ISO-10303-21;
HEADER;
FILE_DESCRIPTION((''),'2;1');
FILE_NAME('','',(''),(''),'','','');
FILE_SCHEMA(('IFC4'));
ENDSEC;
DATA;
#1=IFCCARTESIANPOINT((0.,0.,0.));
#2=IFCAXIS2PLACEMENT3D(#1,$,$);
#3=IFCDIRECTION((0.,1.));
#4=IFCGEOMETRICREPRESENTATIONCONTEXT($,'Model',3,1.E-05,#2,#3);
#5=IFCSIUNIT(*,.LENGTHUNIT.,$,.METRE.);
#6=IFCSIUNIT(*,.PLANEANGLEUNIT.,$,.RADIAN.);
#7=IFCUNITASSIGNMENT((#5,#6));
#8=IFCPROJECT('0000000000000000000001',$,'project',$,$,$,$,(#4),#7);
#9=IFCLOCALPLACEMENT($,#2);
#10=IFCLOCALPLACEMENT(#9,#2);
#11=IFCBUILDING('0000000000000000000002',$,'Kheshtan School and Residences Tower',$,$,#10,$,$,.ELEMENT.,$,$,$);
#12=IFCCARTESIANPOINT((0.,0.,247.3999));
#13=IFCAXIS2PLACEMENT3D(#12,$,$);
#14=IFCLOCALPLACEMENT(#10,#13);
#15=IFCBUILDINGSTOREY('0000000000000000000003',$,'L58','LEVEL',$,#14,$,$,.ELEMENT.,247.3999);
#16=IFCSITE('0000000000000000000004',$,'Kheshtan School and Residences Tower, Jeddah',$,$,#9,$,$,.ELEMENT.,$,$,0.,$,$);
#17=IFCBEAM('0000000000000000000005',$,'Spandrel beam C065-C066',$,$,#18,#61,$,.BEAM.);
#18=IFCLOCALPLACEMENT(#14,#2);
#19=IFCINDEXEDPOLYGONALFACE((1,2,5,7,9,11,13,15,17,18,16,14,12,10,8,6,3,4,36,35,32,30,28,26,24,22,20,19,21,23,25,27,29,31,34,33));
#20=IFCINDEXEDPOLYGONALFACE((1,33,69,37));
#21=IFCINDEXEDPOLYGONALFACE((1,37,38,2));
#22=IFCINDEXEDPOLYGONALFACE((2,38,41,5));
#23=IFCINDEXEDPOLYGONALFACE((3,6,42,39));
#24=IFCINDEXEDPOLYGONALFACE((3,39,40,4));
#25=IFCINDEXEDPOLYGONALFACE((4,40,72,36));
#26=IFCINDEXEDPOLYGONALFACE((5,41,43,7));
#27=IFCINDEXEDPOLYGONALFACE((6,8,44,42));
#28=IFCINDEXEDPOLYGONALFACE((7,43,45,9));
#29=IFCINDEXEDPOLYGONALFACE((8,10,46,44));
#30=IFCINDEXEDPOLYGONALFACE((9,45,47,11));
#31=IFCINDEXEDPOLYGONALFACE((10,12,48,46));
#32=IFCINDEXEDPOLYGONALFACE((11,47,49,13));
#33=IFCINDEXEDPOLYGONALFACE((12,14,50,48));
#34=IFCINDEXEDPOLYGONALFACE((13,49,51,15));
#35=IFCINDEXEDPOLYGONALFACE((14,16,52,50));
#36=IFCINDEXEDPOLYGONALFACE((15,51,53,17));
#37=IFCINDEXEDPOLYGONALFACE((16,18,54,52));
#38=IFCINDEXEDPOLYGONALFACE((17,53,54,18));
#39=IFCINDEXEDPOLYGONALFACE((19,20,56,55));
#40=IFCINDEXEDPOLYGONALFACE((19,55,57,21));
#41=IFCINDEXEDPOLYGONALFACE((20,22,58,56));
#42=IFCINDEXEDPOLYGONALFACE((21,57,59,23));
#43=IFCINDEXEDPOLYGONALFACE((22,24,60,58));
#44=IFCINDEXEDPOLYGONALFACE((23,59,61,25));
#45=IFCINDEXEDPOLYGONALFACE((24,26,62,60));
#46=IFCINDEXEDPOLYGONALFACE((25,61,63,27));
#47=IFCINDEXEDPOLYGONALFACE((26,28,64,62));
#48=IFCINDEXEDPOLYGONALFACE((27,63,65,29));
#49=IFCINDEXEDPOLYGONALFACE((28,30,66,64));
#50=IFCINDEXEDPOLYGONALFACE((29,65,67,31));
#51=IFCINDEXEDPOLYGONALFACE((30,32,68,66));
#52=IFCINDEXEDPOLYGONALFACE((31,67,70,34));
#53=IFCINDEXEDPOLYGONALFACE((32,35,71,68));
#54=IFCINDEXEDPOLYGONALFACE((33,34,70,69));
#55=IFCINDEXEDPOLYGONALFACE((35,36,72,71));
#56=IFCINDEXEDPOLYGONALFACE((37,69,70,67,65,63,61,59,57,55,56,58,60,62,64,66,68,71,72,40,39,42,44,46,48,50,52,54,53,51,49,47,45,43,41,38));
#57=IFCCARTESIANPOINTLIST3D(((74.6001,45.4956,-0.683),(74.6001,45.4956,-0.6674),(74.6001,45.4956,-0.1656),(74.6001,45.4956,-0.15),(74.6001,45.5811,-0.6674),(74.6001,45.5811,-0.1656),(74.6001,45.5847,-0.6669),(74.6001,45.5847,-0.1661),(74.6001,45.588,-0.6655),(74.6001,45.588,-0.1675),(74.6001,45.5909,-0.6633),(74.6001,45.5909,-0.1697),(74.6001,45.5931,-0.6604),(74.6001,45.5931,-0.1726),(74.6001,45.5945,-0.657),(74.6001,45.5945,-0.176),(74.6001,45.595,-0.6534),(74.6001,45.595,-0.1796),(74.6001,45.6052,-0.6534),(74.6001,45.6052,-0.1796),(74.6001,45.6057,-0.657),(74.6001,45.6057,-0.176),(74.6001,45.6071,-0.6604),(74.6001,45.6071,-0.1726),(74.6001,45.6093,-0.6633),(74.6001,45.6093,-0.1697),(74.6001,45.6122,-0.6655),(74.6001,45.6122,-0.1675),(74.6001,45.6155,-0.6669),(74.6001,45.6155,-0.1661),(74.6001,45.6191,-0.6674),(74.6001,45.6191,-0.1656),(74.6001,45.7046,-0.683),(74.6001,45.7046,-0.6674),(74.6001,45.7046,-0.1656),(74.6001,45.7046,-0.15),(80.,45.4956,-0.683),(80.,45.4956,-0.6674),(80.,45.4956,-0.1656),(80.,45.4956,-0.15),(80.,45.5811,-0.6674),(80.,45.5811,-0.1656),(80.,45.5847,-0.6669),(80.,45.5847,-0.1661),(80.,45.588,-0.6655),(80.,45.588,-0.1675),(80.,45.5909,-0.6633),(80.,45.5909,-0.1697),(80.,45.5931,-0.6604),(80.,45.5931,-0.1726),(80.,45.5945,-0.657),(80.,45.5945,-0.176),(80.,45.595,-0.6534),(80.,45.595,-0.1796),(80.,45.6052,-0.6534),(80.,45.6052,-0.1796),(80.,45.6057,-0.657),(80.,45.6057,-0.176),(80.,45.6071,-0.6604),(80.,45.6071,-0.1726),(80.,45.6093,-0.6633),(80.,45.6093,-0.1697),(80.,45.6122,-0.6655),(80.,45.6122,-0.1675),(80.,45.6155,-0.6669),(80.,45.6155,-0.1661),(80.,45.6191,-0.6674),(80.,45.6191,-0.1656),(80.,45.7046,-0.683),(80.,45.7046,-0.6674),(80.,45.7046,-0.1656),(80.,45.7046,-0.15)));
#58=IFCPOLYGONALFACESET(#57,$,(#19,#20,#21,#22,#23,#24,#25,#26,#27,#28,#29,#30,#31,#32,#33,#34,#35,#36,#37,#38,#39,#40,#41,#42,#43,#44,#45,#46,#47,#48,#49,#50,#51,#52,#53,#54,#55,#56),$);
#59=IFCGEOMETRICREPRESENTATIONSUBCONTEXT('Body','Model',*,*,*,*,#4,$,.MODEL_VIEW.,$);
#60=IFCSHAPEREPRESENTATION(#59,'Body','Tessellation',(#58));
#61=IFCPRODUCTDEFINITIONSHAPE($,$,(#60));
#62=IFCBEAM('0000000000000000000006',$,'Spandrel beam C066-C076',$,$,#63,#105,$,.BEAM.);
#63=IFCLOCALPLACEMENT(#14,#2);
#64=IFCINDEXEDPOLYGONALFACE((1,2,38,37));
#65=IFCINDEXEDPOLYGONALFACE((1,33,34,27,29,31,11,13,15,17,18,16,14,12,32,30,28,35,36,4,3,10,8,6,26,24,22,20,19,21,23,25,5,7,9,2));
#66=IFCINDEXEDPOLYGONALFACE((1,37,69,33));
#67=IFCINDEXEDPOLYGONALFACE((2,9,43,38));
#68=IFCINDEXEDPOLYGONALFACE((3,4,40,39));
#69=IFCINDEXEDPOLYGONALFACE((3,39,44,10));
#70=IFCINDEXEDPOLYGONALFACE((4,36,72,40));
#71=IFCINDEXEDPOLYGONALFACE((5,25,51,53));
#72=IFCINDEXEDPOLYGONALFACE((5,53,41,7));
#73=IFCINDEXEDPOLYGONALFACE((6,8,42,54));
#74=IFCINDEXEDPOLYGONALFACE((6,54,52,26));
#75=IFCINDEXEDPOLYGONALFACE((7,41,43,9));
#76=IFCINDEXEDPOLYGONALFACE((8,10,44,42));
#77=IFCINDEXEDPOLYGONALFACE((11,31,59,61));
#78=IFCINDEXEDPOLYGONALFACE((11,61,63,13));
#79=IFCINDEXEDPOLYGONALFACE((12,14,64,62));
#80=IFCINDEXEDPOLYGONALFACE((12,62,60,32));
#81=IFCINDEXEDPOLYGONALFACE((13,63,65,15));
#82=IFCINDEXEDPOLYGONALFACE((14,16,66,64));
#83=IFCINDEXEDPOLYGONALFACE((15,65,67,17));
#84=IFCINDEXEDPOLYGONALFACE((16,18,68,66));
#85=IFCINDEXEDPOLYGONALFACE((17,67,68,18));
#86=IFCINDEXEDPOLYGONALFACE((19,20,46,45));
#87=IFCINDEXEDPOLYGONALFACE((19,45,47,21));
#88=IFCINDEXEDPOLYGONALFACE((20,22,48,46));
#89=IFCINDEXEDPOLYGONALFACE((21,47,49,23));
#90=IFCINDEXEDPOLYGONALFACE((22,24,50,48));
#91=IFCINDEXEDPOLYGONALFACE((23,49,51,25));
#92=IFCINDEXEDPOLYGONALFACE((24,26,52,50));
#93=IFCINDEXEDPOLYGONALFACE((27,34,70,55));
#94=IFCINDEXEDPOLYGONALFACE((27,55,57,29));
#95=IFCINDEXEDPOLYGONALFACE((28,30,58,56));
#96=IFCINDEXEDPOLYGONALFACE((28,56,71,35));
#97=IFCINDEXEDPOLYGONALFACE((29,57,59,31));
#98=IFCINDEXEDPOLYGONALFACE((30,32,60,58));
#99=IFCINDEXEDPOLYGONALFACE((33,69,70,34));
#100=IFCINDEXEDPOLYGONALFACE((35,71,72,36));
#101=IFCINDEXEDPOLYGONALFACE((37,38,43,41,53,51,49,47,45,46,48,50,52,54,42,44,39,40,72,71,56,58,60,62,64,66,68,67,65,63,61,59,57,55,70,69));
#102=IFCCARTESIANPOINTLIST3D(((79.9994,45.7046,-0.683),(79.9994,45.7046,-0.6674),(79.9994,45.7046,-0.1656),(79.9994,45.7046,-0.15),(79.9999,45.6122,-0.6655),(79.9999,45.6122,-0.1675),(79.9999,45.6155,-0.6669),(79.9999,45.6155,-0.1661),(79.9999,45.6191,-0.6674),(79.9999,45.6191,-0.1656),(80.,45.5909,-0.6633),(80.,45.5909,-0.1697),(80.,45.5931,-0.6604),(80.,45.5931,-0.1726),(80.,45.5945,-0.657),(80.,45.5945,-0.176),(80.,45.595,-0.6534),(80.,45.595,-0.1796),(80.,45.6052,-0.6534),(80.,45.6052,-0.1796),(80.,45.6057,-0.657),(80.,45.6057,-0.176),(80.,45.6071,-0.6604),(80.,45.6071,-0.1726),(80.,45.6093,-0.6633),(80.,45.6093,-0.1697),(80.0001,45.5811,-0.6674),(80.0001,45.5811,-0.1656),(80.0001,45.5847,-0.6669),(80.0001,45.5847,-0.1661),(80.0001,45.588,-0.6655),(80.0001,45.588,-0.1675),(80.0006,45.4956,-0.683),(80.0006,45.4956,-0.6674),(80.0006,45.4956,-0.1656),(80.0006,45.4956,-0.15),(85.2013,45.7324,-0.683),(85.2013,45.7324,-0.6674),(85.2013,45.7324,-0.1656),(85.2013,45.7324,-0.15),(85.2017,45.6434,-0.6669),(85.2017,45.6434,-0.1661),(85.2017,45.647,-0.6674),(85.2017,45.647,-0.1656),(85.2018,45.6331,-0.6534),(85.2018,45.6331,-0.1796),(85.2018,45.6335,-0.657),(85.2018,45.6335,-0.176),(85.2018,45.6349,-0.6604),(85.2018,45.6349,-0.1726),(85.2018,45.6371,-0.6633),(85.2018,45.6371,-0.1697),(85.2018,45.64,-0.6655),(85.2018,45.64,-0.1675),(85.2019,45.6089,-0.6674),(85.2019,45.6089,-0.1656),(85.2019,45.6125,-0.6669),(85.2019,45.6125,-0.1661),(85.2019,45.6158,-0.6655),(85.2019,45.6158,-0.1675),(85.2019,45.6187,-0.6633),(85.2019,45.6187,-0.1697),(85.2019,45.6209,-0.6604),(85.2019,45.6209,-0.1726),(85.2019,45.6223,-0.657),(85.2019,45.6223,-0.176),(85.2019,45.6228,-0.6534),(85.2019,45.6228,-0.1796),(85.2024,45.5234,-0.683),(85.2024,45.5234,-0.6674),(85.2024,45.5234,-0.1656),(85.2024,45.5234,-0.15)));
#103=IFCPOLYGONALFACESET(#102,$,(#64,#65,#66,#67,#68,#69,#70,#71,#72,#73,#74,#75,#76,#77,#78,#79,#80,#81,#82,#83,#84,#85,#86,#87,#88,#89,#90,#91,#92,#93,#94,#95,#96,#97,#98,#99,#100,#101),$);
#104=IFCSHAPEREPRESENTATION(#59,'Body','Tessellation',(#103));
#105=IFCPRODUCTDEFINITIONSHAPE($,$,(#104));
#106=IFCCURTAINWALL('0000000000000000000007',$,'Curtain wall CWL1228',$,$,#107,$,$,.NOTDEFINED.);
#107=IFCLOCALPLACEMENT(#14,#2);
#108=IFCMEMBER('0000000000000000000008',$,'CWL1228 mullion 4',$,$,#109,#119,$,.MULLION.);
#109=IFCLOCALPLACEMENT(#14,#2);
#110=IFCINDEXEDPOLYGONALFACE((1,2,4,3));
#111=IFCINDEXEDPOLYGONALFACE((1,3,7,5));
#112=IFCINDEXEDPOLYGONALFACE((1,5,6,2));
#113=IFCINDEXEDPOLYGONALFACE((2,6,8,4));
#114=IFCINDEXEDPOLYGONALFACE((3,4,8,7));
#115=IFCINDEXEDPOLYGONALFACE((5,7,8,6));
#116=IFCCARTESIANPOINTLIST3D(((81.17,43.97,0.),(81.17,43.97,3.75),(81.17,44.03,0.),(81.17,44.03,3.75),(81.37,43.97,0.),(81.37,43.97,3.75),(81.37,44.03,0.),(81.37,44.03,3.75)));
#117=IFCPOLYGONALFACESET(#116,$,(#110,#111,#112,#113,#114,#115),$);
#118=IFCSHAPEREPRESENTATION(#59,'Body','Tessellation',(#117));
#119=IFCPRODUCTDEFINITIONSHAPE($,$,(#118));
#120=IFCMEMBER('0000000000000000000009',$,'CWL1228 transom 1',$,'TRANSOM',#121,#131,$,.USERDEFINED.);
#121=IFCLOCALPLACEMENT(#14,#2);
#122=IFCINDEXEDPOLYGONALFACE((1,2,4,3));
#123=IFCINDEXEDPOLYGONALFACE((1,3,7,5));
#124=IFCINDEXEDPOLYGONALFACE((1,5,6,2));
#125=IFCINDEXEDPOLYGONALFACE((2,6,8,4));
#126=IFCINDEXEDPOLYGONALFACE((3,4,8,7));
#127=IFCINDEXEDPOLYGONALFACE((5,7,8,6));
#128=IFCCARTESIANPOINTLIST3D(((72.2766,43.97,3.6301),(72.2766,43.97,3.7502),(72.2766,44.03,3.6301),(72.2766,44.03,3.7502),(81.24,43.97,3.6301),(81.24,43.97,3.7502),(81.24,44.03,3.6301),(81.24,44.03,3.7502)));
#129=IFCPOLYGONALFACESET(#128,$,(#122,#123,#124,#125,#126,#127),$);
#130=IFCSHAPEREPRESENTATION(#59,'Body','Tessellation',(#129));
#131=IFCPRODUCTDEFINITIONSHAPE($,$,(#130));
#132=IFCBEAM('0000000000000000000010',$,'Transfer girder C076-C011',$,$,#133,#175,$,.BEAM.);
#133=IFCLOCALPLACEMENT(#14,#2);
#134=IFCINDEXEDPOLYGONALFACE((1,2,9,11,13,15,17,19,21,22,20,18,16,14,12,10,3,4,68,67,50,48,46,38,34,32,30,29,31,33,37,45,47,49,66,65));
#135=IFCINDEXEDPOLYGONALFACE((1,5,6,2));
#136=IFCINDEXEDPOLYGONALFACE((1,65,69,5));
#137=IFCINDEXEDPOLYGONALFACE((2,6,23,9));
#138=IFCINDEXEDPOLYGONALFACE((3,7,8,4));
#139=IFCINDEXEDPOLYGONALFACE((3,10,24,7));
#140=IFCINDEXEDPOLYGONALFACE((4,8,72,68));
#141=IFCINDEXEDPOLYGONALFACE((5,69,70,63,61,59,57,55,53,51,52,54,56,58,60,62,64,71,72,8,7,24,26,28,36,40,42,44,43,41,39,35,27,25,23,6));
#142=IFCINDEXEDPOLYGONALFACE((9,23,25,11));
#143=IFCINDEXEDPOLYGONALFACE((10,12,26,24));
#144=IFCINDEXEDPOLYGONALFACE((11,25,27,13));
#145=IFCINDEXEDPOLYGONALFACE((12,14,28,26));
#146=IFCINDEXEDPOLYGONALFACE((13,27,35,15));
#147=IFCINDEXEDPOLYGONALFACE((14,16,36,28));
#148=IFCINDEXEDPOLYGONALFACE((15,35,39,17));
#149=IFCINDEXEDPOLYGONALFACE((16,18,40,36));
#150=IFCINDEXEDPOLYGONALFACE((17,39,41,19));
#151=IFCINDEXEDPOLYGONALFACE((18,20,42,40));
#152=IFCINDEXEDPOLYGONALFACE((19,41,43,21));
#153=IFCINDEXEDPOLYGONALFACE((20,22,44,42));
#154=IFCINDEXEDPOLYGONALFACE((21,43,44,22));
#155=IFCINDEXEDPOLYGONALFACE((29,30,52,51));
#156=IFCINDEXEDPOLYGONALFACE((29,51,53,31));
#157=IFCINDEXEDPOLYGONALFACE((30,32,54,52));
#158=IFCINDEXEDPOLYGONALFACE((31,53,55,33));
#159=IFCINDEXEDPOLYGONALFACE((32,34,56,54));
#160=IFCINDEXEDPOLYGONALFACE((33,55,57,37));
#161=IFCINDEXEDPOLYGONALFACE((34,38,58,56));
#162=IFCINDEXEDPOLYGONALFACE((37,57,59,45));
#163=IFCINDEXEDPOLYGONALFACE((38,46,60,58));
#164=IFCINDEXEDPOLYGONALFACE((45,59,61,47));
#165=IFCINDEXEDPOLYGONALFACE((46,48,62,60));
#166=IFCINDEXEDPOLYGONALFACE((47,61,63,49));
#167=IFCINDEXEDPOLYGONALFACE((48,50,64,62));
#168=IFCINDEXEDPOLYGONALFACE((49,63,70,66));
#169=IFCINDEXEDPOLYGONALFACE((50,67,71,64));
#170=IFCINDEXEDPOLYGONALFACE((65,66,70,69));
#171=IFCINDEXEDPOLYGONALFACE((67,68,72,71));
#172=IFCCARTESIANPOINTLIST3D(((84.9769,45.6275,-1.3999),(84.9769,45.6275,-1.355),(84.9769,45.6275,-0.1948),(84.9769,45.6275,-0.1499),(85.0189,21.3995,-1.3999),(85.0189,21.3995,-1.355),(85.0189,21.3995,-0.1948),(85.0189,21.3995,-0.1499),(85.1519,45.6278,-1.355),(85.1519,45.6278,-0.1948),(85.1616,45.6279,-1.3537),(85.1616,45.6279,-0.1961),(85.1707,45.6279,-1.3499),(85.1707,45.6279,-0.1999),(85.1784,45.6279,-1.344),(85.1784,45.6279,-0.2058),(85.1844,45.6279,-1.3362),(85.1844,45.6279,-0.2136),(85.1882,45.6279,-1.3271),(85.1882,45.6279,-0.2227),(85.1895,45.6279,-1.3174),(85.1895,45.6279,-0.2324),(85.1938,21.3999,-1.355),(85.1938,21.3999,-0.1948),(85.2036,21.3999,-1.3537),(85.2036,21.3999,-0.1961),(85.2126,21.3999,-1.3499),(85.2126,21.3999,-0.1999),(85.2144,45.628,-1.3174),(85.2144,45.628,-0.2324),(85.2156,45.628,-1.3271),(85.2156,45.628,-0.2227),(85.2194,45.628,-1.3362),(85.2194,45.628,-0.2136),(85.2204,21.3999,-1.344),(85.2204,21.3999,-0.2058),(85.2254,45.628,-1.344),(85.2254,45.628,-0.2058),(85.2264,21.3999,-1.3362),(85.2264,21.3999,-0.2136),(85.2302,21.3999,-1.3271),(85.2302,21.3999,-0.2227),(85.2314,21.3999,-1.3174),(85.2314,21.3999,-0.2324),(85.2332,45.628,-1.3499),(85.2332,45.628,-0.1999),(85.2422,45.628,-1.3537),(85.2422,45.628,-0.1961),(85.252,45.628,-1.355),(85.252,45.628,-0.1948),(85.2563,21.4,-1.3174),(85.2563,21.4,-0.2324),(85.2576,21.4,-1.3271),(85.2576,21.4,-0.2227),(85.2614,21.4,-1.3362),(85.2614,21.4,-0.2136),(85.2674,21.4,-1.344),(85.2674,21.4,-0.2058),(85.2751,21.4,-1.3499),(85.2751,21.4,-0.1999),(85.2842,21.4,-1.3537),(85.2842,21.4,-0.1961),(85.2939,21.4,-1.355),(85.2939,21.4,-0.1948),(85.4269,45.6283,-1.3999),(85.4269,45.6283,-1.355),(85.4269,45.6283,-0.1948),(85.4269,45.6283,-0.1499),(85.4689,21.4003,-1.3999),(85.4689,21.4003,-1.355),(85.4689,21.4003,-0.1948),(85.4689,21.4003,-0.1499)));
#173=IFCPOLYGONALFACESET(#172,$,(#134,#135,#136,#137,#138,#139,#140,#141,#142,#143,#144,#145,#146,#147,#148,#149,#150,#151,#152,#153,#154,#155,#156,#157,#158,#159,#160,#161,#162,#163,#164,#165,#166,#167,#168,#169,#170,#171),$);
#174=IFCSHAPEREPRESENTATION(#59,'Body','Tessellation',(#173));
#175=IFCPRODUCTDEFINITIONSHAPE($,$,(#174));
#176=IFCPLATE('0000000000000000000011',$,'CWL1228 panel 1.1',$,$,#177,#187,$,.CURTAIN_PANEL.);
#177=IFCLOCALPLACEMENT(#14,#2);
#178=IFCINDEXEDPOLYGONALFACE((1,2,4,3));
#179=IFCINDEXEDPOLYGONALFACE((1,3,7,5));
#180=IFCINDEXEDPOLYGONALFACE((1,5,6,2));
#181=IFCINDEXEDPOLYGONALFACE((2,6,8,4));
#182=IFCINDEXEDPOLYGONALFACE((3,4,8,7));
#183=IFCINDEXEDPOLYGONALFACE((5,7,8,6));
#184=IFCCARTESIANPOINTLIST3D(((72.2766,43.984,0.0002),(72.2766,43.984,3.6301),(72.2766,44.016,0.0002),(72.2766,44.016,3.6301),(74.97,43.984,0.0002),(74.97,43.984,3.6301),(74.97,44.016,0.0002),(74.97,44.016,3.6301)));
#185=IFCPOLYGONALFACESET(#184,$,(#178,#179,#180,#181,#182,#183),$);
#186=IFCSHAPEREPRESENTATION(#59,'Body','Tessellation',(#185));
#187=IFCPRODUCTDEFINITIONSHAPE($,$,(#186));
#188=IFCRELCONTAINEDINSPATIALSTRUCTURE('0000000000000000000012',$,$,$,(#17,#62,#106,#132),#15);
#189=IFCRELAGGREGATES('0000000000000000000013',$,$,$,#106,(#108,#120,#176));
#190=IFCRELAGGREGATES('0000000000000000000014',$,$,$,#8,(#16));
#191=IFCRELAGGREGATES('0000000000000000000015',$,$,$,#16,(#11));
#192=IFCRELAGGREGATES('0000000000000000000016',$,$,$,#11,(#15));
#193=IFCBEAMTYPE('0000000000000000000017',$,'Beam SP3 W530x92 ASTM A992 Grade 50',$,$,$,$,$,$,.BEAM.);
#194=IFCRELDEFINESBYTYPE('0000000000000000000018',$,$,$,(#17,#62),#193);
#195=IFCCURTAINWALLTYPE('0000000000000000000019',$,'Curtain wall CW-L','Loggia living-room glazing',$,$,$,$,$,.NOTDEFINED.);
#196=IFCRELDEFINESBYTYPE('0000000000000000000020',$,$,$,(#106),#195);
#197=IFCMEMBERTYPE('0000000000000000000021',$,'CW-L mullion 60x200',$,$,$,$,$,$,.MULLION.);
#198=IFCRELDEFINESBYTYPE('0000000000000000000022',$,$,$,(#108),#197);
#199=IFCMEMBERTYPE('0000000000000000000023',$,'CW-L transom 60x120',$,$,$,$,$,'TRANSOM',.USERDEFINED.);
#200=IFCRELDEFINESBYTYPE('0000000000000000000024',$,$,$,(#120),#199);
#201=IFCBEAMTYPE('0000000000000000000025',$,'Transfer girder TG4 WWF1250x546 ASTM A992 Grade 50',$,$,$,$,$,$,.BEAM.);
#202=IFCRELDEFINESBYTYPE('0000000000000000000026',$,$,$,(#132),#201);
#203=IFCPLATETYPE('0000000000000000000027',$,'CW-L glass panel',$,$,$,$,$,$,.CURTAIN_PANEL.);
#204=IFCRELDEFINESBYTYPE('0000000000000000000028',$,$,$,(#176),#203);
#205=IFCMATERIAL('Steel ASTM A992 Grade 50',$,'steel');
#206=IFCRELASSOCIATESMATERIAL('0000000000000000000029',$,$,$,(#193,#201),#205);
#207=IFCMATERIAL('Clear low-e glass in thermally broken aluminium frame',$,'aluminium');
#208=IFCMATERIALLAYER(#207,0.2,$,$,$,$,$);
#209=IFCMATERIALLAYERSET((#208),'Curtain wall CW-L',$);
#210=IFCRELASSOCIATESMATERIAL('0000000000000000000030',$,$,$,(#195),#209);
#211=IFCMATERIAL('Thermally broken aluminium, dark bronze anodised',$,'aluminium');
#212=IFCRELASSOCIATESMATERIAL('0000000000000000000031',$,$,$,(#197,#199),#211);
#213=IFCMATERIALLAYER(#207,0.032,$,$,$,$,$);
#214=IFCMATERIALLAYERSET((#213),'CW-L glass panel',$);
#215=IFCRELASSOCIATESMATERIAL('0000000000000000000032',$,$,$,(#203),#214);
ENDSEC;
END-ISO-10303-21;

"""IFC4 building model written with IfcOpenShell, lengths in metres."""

from ifc_helpers import new_model, si_unit, direction, frame, origin, origin_2d, place, context, subcontext, project, spatial, rectangle, i_section, extrude, material, layer, layer_set, material_profile, profile_set, type_object, element, aggregate, save


model = new_model("IFC4")

# Units and contexts
model_context = context("Model", 3, precision=1e-05, world=origin(), true_north=direction((0.0, 1.0)))
body_context = subcontext(model_context, "Body", "Model", "MODEL_VIEW")
ifc_project = project(units=[si_unit("LENGTHUNIT", "METRE"), si_unit("PLANEANGLEUNIT", "RADIAN")], contexts=[model_context])

# Site, building, storey
site_placement = place(None, origin())
site = spatial("IfcSite", under=ifc_project, at=site_placement, Name="Kheshtan School and Residences Tower, Jeddah", CompositionType="ELEMENT", RefElevation=0.0)
building_placement = place(site_placement, origin())
building = spatial("IfcBuilding", under=site, at=building_placement, Name="Kheshtan School and Residences Tower", CompositionType="ELEMENT")
storey_placement = place(building_placement, frame((0.0, 0.0, 247.3999)))
storey = spatial("IfcBuildingStorey", under=building, at=storey_placement, Name="L58", Description="LEVEL", CompositionType="ELEMENT", Elevation=247.3999)

# Shared definitions
ifc_material_1 = material(Name="Steel ASTM A992 Grade 50", Category="steel")

# Beams
ifc_material_profile_1 = material_profile(ifc_material_1, i_section(OverallWidth=0.209, OverallDepth=0.533, WebThickness=0.0103, FlangeThickness=0.0156, FilletRadius=0.0139, at=origin_2d()), Name="W530x92")
ifc_profile_set_1 = profile_set([ifc_material_profile_1], Name="Steel ASTM A992 Grade 50")
beam_type_1 = type_object("IfcBeamType", Name="Beam SP3 W530x92 ASTM A992 Grade 50", PredefinedType="BEAM", material=ifc_profile_set_1)
beam_1_placement = place(storey_placement, frame((74.6001, 45.6001, -0.4165), z_axis=(1.0, 0.0, 0.0), x_axis=(0.0, 1.0, 0.0)))
element("IfcBeam", 1, at=beam_1_placement, inside=storey, type_object=beam_type_1, Name="Spandrel beam C065-C066", PredefinedType="BEAM", context=body_context, shape_type="SweptSolid", body=[
    extrude(i_section(OverallWidth=0.209, OverallDepth=0.533, WebThickness=0.0103, FlangeThickness=0.0156, FilletRadius=0.0139, at=origin_2d()), origin(), (0.0, 0.0, 1.0), 5.3999),
])
beam_2_placement = place(storey_placement, frame((80.0, 45.6001, -0.4165), z_axis=(0.999986, 0.00535, 0.0), x_axis=(-0.00535, 0.999986, 0.0)))
element("IfcBeam", 2, at=beam_2_placement, inside=storey, type_object=beam_type_1, Name="Spandrel beam C066-C076", PredefinedType="BEAM", context=body_context, shape_type="SweptSolid", body=[
    extrude(i_section(OverallWidth=0.209, OverallDepth=0.533, WebThickness=0.0103, FlangeThickness=0.0156, FilletRadius=0.0139, at=origin_2d()), origin(), (0.0, 0.0, 1.0), 5.2019),
])

# Curtain wall, members
ifc_material_2 = material(Name="Clear low-e glass in thermally broken aluminium frame", Category="aluminium")
ifc_layer_1 = layer(ifc_material_2, 0.2)
ifc_layer_set_1 = layer_set([ifc_layer_1], Name="Curtain wall CW-L")
curtain_wall_type = type_object("IfcCurtainWallType", Name="Curtain wall CW-L", Description="Loggia living-room glazing", PredefinedType="NOTDEFINED", material=ifc_layer_set_1)
curtain_wall_placement = place(storey_placement, origin())
curtain_wall = element("IfcCurtainWall", 3, at=curtain_wall_placement, inside=storey, type_object=curtain_wall_type, Name="Curtain wall CWL1228", PredefinedType="NOTDEFINED")
ifc_material_3 = material(Name="Thermally broken aluminium, dark bronze anodised", Category="aluminium")
ifc_material_profile_2 = material_profile(ifc_material_3, rectangle(XDim=0.0601, YDim=0.2, at=origin_2d()), Name="CW-L mullion 60x200")
ifc_profile_set_2 = profile_set([ifc_material_profile_2], Name="Thermally broken aluminium, dark bronze anodised")
member_type_1 = type_object("IfcMemberType", Name="CW-L mullion 60x200", PredefinedType="MULLION", material=ifc_profile_set_2)
member_1_placement = place(storey_placement, frame((81.27, 44.0, 0.0), z_axis=(0.0, 0.0, 1.0), x_axis=(0.0, 1.0, 0.0)))
member_1 = element("IfcMember", 4, at=member_1_placement, type_object=member_type_1, Name="CWL1228 mullion 4", PredefinedType="MULLION", context=body_context, shape_type="SweptSolid", body=[
    extrude(rectangle(XDim=0.0601, YDim=0.2, at=origin_2d()), origin(), (0.0, 0.0, 1.0), 3.75),
])
ifc_material_profile_3 = material_profile(ifc_material_3, rectangle(XDim=0.0601, YDim=0.1201, at=origin_2d()), Name="CW-L transom 60x120")
ifc_profile_set_3 = profile_set([ifc_material_profile_3], Name="Thermally broken aluminium, dark bronze anodised")
member_type_2 = type_object("IfcMemberType", Name="CW-L transom 60x120", ElementType="TRANSOM", PredefinedType="USERDEFINED", material=ifc_profile_set_3)
member_2_placement = place(storey_placement, frame((72.2766, 44.0, 3.6902), z_axis=(1.0, 0.0, 0.0), x_axis=(0.0, 1.0, 0.0)))
member_2 = element("IfcMember", 5, at=member_2_placement, type_object=member_type_2, Name="CWL1228 transom 1", ObjectType="TRANSOM", PredefinedType="USERDEFINED", context=body_context, shape_type="SweptSolid", body=[
    extrude(rectangle(XDim=0.0601, YDim=0.1201, at=origin_2d()), origin(), (0.0, 0.0, 1.0), 8.9634),
])

# Beam
ifc_material_profile_4 = material_profile(ifc_material_1, i_section(OverallWidth=0.45, OverallDepth=1.25, WebThickness=0.0249, FlangeThickness=0.0449, FilletRadius=0.0376, at=origin_2d()), Name="WWF1250x546")
ifc_profile_set_4 = profile_set([ifc_material_profile_4], Name="Steel ASTM A992 Grade 50")
beam_type_2 = type_object("IfcBeamType", Name="Transfer girder TG4 WWF1250x546 ASTM A992 Grade 50", PredefinedType="BEAM", material=ifc_profile_set_4)
beam_3_placement = place(storey_placement, frame((85.2019, 45.6279, -0.7749), z_axis=(0.001733, -0.999998, 0.0), x_axis=(0.999998, 0.001733, 0.0)))
element("IfcBeam", 6, at=beam_3_placement, inside=storey, type_object=beam_type_2, Name="Transfer girder C076-C011", PredefinedType="BEAM", context=body_context, shape_type="SweptSolid", body=[
    extrude(i_section(OverallWidth=0.45, OverallDepth=1.25, WebThickness=0.0249, FlangeThickness=0.0449, FilletRadius=0.0376, at=origin_2d()), origin(), (0.0, 0.0, 1.0), 24.228),
])

# Plate
ifc_layer_2 = layer(ifc_material_2, 0.032)
ifc_layer_set_2 = layer_set([ifc_layer_2], Name="CW-L glass panel")
plate_type = type_object("IfcPlateType", Name="CW-L glass panel", PredefinedType="CURTAIN_PANEL", material=ifc_layer_set_2)
plate_1_placement = place(storey_placement, frame((73.6233, 44.0, 0.0002), z_axis=(0.0, 0.0, 1.0), x_axis=(1.0, 0.0, 0.0)))
plate_1 = element("IfcPlate", 7, at=plate_1_placement, type_object=plate_type, Name="CWL1228 panel 1.1", PredefinedType="CURTAIN_PANEL", context=body_context, shape_type="SweptSolid", body=[
    extrude(rectangle(XDim=2.6934, YDim=0.032, at=origin_2d()), origin(), (0.0, 0.0, 1.0), 3.6299),
])
aggregate(curtain_wall, [member_1, member_2, plate_1])

save(model, "model.ifc")
